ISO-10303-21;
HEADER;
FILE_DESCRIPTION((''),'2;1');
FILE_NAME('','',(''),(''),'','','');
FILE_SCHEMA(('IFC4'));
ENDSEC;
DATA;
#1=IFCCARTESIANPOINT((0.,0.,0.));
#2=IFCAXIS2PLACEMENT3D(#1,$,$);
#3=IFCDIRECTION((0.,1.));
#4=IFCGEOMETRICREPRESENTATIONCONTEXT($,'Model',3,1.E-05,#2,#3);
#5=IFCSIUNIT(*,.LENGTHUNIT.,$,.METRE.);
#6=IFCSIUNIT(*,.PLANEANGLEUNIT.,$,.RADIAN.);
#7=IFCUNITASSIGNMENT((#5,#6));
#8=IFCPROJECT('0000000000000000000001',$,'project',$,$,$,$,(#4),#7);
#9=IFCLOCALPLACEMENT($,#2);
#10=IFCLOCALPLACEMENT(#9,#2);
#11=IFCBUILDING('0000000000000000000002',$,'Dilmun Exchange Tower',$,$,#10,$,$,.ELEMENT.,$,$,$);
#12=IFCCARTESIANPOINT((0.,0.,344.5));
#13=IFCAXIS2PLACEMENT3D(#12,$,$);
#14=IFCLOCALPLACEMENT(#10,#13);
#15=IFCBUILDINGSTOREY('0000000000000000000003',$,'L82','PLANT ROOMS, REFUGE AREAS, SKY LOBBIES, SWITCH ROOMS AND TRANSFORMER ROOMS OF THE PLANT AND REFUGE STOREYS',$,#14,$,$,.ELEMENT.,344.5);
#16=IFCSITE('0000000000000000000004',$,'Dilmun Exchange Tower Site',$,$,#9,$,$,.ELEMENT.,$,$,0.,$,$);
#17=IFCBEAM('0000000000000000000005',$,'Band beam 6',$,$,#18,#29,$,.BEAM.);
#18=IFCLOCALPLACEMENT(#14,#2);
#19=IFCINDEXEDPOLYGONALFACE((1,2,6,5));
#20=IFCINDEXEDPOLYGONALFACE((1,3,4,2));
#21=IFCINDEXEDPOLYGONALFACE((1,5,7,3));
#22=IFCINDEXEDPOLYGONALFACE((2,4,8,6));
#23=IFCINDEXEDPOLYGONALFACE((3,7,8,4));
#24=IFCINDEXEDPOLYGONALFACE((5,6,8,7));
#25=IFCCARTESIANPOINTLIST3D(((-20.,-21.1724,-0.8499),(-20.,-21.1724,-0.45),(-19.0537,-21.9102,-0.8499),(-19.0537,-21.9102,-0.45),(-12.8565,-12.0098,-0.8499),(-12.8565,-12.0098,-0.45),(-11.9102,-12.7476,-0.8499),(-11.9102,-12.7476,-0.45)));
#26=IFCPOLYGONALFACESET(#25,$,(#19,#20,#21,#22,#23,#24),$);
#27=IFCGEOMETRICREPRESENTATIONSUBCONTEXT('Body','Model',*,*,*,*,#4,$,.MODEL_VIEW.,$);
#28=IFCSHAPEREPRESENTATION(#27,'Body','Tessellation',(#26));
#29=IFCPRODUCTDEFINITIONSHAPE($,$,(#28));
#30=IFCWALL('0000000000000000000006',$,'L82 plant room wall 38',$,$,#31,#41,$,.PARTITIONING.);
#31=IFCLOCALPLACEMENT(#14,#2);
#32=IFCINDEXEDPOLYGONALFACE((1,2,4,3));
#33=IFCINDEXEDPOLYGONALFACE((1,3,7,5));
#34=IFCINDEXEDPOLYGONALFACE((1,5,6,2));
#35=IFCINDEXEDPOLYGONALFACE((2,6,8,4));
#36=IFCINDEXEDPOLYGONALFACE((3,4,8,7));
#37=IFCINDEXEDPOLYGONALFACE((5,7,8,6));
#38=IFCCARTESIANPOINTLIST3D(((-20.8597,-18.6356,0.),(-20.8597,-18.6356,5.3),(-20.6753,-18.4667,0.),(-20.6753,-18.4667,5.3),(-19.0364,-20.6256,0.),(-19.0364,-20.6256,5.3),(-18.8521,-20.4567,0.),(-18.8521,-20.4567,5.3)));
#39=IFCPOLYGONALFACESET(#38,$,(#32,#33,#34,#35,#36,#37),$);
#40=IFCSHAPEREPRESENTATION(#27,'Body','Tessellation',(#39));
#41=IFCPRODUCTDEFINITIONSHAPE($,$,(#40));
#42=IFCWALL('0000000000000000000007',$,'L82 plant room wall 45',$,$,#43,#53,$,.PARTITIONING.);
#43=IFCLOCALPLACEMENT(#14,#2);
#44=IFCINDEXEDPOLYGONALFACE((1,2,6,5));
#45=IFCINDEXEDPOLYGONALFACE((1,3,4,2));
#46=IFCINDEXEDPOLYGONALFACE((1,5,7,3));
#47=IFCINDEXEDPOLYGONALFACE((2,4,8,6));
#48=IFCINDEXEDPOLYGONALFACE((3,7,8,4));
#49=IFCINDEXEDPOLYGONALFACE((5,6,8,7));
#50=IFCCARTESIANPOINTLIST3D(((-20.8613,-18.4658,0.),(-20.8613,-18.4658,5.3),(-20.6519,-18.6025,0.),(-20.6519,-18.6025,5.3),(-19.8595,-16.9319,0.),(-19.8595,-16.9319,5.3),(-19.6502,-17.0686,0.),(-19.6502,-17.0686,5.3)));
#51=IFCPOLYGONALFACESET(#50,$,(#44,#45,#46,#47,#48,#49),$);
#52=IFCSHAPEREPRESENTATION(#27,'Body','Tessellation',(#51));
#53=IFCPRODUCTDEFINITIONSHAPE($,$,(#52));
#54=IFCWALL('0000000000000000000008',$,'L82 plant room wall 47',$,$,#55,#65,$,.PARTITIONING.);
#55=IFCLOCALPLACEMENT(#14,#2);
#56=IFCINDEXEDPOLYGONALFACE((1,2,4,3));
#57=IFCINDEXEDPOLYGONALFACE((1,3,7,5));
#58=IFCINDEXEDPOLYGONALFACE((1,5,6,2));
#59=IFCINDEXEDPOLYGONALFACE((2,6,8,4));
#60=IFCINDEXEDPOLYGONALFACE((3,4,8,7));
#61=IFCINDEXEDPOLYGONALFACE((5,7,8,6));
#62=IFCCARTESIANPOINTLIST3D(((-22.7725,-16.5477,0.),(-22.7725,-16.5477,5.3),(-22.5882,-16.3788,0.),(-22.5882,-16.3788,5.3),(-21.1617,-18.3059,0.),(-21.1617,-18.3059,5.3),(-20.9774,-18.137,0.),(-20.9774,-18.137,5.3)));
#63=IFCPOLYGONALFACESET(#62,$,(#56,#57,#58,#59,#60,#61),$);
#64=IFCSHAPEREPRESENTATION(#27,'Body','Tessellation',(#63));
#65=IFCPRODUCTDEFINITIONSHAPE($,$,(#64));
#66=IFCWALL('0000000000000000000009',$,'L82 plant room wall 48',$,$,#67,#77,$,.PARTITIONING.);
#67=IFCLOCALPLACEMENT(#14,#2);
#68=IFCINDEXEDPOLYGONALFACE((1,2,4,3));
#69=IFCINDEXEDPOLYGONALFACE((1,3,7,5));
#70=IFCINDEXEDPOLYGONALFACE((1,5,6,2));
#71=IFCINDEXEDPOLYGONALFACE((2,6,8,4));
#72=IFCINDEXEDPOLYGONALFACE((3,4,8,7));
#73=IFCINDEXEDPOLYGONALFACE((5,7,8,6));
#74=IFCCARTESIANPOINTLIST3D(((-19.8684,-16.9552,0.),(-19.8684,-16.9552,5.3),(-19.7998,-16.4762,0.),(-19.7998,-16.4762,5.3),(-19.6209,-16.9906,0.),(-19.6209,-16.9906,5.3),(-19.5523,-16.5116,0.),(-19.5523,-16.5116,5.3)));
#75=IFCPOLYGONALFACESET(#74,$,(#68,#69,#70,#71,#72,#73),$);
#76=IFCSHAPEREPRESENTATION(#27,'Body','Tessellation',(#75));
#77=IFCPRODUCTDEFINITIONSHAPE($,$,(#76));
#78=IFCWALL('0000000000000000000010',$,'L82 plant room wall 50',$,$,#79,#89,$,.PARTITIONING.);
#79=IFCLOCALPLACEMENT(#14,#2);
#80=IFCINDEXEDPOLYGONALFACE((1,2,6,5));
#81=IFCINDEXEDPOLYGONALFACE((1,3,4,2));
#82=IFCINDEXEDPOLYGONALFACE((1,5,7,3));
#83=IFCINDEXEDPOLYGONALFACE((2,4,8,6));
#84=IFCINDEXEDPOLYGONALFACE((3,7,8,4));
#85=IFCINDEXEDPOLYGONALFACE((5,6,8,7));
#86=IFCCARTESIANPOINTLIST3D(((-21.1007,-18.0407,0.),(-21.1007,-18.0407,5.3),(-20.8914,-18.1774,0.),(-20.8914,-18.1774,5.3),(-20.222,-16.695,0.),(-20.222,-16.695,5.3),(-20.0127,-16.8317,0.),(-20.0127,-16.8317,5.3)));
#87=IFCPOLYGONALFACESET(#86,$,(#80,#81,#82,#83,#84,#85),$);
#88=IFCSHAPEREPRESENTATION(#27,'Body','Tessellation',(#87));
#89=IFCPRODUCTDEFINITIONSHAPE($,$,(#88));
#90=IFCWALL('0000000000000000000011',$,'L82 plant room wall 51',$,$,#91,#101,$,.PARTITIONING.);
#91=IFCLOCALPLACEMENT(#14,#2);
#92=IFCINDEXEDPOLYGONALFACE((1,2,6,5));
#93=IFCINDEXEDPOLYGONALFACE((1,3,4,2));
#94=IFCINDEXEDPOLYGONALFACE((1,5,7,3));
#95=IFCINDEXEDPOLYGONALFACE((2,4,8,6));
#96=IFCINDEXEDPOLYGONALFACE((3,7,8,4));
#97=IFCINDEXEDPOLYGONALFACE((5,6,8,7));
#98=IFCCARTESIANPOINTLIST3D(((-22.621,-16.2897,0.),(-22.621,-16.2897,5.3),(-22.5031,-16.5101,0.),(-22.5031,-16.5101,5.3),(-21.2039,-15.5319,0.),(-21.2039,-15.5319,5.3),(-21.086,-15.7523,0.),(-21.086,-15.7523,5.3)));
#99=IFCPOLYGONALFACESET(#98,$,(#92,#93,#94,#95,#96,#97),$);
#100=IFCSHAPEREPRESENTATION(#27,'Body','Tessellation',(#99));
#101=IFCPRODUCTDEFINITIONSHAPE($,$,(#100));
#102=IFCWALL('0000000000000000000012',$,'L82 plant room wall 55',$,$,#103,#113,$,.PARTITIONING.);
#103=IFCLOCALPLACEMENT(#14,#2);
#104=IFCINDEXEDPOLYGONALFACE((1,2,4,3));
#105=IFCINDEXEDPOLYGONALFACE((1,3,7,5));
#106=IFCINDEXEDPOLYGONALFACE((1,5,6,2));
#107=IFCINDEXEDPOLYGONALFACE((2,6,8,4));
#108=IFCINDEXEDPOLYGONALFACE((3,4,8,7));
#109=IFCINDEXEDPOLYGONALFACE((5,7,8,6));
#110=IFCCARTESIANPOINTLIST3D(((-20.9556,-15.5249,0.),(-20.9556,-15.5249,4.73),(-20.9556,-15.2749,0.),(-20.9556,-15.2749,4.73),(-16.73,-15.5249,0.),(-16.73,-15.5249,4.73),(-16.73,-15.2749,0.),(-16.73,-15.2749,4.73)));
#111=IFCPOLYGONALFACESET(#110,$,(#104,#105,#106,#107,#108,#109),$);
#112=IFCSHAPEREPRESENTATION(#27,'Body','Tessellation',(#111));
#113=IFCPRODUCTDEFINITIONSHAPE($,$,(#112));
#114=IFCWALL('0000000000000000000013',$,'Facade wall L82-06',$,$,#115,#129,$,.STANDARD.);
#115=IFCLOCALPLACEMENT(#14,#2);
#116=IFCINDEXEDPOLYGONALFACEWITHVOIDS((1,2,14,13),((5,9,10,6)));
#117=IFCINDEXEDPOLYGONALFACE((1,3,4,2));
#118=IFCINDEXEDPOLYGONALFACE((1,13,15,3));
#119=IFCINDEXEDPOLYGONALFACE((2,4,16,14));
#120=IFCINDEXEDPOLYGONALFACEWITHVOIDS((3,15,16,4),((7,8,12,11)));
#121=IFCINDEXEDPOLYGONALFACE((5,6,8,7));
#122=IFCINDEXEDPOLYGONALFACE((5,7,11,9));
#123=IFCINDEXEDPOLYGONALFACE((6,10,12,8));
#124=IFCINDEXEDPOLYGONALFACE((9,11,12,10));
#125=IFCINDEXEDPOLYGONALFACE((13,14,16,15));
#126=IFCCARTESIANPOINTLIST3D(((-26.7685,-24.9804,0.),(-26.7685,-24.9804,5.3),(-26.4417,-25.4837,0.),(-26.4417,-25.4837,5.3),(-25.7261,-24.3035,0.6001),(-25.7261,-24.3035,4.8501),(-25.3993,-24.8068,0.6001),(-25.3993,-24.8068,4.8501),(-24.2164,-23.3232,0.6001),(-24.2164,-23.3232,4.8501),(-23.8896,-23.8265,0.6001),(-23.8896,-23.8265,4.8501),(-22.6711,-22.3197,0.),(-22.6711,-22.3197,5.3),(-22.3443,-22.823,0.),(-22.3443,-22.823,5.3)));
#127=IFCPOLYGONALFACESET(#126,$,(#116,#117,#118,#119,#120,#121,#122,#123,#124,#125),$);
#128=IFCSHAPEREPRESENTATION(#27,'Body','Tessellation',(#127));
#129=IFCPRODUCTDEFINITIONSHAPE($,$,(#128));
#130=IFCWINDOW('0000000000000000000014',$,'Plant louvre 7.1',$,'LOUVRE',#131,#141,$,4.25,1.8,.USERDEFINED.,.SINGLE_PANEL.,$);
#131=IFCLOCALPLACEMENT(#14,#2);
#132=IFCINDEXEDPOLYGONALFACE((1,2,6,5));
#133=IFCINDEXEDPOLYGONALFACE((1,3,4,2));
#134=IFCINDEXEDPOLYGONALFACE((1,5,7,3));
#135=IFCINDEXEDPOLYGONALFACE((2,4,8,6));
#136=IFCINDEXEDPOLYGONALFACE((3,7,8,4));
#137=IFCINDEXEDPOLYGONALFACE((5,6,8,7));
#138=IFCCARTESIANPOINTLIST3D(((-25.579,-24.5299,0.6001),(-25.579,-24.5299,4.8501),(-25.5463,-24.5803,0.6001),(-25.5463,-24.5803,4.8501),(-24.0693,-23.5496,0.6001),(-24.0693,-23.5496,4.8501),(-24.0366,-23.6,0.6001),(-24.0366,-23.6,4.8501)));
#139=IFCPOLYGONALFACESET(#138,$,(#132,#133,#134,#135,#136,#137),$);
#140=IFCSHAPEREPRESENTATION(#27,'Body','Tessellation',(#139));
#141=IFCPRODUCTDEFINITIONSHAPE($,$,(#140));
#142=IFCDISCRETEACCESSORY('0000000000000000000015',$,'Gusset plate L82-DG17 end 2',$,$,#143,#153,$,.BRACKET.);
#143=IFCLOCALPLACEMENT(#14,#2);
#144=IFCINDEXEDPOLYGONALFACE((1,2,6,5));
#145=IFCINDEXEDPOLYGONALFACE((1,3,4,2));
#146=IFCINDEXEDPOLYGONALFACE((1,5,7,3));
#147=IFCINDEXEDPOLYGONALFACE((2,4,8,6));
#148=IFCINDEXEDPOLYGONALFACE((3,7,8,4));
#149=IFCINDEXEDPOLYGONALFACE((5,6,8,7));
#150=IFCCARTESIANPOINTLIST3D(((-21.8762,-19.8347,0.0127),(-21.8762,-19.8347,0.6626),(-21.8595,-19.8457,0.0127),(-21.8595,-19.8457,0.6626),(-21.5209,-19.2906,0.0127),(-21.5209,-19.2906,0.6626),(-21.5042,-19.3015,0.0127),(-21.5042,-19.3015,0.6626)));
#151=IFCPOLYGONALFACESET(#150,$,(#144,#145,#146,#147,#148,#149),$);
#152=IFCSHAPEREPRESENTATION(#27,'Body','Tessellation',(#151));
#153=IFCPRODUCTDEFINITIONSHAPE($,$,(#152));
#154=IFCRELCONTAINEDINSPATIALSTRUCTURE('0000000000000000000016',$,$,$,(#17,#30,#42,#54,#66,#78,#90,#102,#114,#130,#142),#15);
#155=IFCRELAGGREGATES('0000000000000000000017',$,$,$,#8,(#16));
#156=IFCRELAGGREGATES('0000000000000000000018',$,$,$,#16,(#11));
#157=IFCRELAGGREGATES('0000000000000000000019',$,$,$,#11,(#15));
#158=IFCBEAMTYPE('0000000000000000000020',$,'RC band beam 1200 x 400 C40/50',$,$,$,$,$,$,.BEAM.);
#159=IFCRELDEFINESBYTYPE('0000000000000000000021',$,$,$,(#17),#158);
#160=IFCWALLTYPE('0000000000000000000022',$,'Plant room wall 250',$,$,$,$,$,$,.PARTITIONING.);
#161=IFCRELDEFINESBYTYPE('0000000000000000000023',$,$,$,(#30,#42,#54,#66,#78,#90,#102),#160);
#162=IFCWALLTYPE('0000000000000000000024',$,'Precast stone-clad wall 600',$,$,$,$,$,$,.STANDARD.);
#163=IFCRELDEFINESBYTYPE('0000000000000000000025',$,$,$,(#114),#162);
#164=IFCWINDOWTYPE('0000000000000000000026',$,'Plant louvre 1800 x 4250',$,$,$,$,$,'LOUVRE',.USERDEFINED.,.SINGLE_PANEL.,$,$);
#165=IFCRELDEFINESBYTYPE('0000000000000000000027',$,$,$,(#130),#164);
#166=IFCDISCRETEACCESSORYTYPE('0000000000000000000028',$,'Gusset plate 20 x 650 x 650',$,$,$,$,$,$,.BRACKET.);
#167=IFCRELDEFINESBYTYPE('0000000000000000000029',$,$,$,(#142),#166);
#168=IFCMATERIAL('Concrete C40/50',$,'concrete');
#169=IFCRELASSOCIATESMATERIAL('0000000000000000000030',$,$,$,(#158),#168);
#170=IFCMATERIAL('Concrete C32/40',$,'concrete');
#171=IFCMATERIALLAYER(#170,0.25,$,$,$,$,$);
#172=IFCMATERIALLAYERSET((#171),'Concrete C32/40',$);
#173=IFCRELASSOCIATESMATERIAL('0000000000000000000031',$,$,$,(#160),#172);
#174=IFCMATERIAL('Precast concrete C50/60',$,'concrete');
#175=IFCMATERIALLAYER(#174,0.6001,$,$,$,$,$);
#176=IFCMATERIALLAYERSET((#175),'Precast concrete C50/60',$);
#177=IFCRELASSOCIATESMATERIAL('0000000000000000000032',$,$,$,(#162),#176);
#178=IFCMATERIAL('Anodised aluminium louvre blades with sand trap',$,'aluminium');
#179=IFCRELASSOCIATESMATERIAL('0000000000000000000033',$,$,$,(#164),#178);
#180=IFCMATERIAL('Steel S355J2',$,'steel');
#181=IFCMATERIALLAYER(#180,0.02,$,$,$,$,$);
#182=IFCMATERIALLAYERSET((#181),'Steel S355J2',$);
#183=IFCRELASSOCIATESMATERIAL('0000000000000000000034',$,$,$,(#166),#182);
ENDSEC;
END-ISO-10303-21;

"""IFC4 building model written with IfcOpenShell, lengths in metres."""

from ifc_helpers import new_model, si_unit, direction, frame, frame_2d, origin, origin_2d, place, context, subcontext, project, spatial, rectangle, extrude, material, layer, layer_set, material_profile, profile_set, type_object, element, fill, save


model = new_model("IFC4")

# Units and contexts
model_context = context("Model", 3, precision=1e-05, world=origin(), true_north=direction((0.0, 1.0)))
body_context = subcontext(model_context, "Body", "Model", "MODEL_VIEW")
ifc_project = project(units=[si_unit("LENGTHUNIT", "METRE"), si_unit("PLANEANGLEUNIT", "RADIAN")], contexts=[model_context])

# Site, building, storey
site_placement = place(None, origin())
site = spatial("IfcSite", under=ifc_project, at=site_placement, Name="Dilmun Exchange Tower Site", CompositionType="ELEMENT", RefElevation=0.0)
building_placement = place(site_placement, origin())
building = spatial("IfcBuilding", under=site, at=building_placement, Name="Dilmun Exchange Tower", CompositionType="ELEMENT")
storey_placement = place(building_placement, frame((0.0, 0.0, 344.5)))
storey = spatial("IfcBuildingStorey", under=building, at=storey_placement, Name="L82", Description="PLANT ROOMS, REFUGE AREAS, SKY LOBBIES, SWITCH ROOMS AND TRANSFORMER ROOMS OF THE PLANT AND REFUGE STOREYS", CompositionType="ELEMENT", Elevation=344.5)

# Beam
ifc_material_1 = material(Name="Concrete C40/50", Category="concrete")
ifc_material_profile = material_profile(ifc_material_1, rectangle(XDim=1.2, YDim=0.3999, at=origin_2d()), Name="1200 x 400")
ifc_profile_set = profile_set([ifc_material_profile], Name="Concrete C40/50")
beam_type = type_object("IfcBeamType", Name="RC band beam 1200 x 400 C40/50", PredefinedType="BEAM", material=ifc_profile_set)
beam_placement = place(storey_placement, frame((-19.5269, -21.5413, -0.6499), z_axis=(0.614857, 0.788639, 0.0), x_axis=(-0.788639, 0.614857, 0.0)))
element("IfcBeam", 1, at=beam_placement, inside=storey, type_object=beam_type, Name="Band beam 6", PredefinedType="BEAM", context=body_context, shape_type="SweptSolid", body=[
    extrude(rectangle(XDim=1.2, YDim=0.3999, at=origin_2d()), origin(), (0.0, 0.0, 1.0), 11.6182),
])

# Walls
ifc_material_2 = material(Name="Concrete C32/40", Category="concrete")
ifc_layer_1 = layer(ifc_material_2, 0.25)
ifc_layer_set_1 = layer_set([ifc_layer_1], Name="Concrete C32/40")
wall_type_1 = type_object("IfcWallType", Name="Plant room wall 250", PredefinedType="PARTITIONING", material=ifc_layer_set_1)
wall_1_placement = place(storey_placement, frame((-20.7676, -18.551, 0.0), z_axis=(0.0, 0.0, 1.0), x_axis=(0.67554, -0.737323, 0.0)))
element("IfcWall", 2, at=wall_1_placement, inside=storey, type_object=wall_type_1, Name="L82 plant room wall 38", PredefinedType="PARTITIONING", context=body_context, shape_type="SweptSolid", body=[
    extrude(rectangle(XDim=2.699, YDim=0.25, at=frame_2d((1.3496, 0.0))), origin(), (0.0, 0.0, 1.0), 5.3),
])
wall_2_placement = place(storey_placement, frame((-20.7566, -18.5342, 0.0), z_axis=(0.0, 0.0, 1.0), x_axis=(0.546772, 0.837282, 0.0)))
element("IfcWall", 3, at=wall_2_placement, inside=storey, type_object=wall_type_1, Name="L82 plant room wall 45", PredefinedType="PARTITIONING", context=body_context, shape_type="SweptSolid", body=[
    extrude(rectangle(XDim=1.832, YDim=0.25, at=frame_2d((0.916, 0.0))), origin(), (0.0, 0.0, 1.0), 5.3),
])
wall_3_placement = place(storey_placement, frame((-22.6804, -16.4631, 0.0), z_axis=(0.0, 0.0, 1.0), x_axis=(0.675511, -0.73735, 0.0)))
element("IfcWall", 4, at=wall_3_placement, inside=storey, type_object=wall_type_1, Name="L82 plant room wall 47", PredefinedType="PARTITIONING", context=body_context, shape_type="SweptSolid", body=[
    extrude(rectangle(XDim=2.3845, YDim=0.25, at=frame_2d((1.1924, 0.0))), origin(), (0.0, 0.0, 1.0), 5.3),
])
wall_4_placement = place(storey_placement, frame((-19.7446, -16.9729, 0.0), z_axis=(0.0, 0.0, 1.0), x_axis=(0.141775, 0.989899, 0.0)))
element("IfcWall", 5, at=wall_4_placement, inside=storey, type_object=wall_type_1, Name="L82 plant room wall 48", PredefinedType="PARTITIONING", context=body_context, shape_type="SweptSolid", body=[
    extrude(rectangle(XDim=0.4839, YDim=0.25, at=frame_2d((0.2419, 0.0))), origin(), (0.0, 0.0, 1.0), 5.3),
])
wall_5_placement = place(storey_placement, frame((-20.9961, -18.1091, 0.0), z_axis=(0.0, 0.0, 1.0), x_axis=(0.546717, 0.837317, 0.0)))
element("IfcWall", 6, at=wall_5_placement, inside=storey, type_object=wall_type_1, Name="L82 plant room wall 50", PredefinedType="PARTITIONING", context=body_context, shape_type="SweptSolid", body=[
    extrude(rectangle(XDim=1.6072, YDim=0.25, at=frame_2d((0.8037, 0.0))), origin(), (0.0, 0.0, 1.0), 5.3),
])
wall_6_placement = place(storey_placement, frame((-22.562, -16.3999, 0.0), z_axis=(0.0, 0.0, 1.0), x_axis=(0.881814, 0.471597, 0.0)))
element("IfcWall", 7, at=wall_6_placement, inside=storey, type_object=wall_type_1, Name="L82 plant room wall 51", PredefinedType="PARTITIONING", context=body_context, shape_type="SweptSolid", body=[
    extrude(rectangle(XDim=1.6069, YDim=0.25, at=frame_2d((0.8035, 0.0))), origin(), (0.0, 0.0, 1.0), 5.3),
])
wall_7_placement = place(storey_placement, frame((-20.9556, -15.3999, 0.0), z_axis=(0.0, 0.0, 1.0), x_axis=(1.0, 0.0, 0.0)))
element("IfcWall", 8, at=wall_7_placement, inside=storey, type_object=wall_type_1, Name="L82 plant room wall 55", PredefinedType="PARTITIONING", context=body_context, shape_type="SweptSolid", body=[
    extrude(rectangle(XDim=4.2256, YDim=0.25, at=frame_2d((2.1128, 0.0))), origin(), (0.0, 0.0, 1.0), 4.73),
])

# Wall, opening, window
ifc_material_3 = material(Name="Precast concrete C50/60", Category="concrete")
ifc_layer_2 = layer(ifc_material_3, 0.6001)
ifc_layer_set_2 = layer_set([ifc_layer_2], Name="Precast concrete C50/60")
wall_type_2 = type_object("IfcWallType", Name="Precast stone-clad wall 600", PredefinedType="STANDARD", material=ifc_layer_set_2)
wall_8_placement = place(storey_placement, frame((-22.5076, -22.5713, 0.0), z_axis=(0.0, 0.0, 1.0), x_axis=(-0.838694, -0.544604, 0.0)))
wall_8 = element("IfcWall", 9, at=wall_8_placement, inside=storey, type_object=wall_type_2, Name="Facade wall L82-06", PredefinedType="STANDARD", context=body_context, shape_type="SweptSolid", body=[
    extrude(rectangle(XDim=4.8855, YDim=0.6001, at=frame_2d((2.4429, 0.0))), origin(), (0.0, 0.0, 1.0), 5.3),
])
opening_placement = place(wall_8_placement, frame((1.8428, 0.0, 0.6001)))
opening = element("IfcOpeningElement", 10, at=opening_placement, cuts=wall_8, PredefinedType="OPENING", context=body_context, shape_type="SweptSolid", body=[
    extrude(rectangle(XDim=1.8, YDim=4.25, at=frame_2d((0.8999, 2.125))), frame((0.0, 0.3101, 0.0), z_axis=(0.0, -1.0, 0.0), x_axis=(1.0, 0.0, 0.0)), (0.0, 0.0, 1.0), 0.6201),
])
ifc_material_4 = material(Name="Anodised aluminium louvre blades with sand trap", Category="aluminium")
window_type = type_object("IfcWindowType", Name="Plant louvre 1800 x 4250", ElementType="LOUVRE", PartitioningType="SINGLE_PANEL", PredefinedType="USERDEFINED", material=ifc_material_4)
window_placement = place(opening_placement, origin())
window = element("IfcWindow", 11, at=window_placement, inside=storey, type_object=window_type, Name="Plant louvre 7.1", ObjectType="LOUVRE", OverallHeight=4.25, OverallWidth=1.8, PartitioningType="SINGLE_PANEL", PredefinedType="USERDEFINED", context=body_context, shape_type="SweptSolid", body=[
    extrude(rectangle(XDim=1.8, YDim=4.25, at=frame_2d((0.8999, 2.125))), frame((0.0, 0.03, 0.0), z_axis=(0.0, -1.0, 0.0), x_axis=(1.0, 0.0, 0.0)), (0.0, 0.0, 1.0), 0.0601),
])
fill(opening, window)

# Discrete accessory
ifc_material_5 = material(Name="Steel S355J2", Category="steel")
ifc_layer_3 = layer(ifc_material_5, 0.02)
ifc_layer_set_3 = layer_set([ifc_layer_3], Name="Steel S355J2")
discrete_accessory_type = type_object("IfcDiscreteAccessoryType", Name="Gusset plate 20 x 650 x 650", PredefinedType="BRACKET", material=ifc_layer_set_3)
discrete_accessory_placement = place(storey_placement, frame((-21.6902, -19.5681, 0.0127), z_axis=(0.0, 0.0, 1.0), x_axis=(-0.546704, -0.837326, 0.0)))
element("IfcDiscreteAccessory", 12, at=discrete_accessory_placement, inside=storey, type_object=discrete_accessory_type, Name="Gusset plate L82-DG17 end 2", PredefinedType="BRACKET", context=body_context, shape_type="SweptSolid", body=[
    extrude(rectangle(XDim=0.6499, YDim=0.02, at=origin_2d()), origin(), (0.0, 0.0, 1.0), 0.6499),
])

save(model, "model.ifc")
